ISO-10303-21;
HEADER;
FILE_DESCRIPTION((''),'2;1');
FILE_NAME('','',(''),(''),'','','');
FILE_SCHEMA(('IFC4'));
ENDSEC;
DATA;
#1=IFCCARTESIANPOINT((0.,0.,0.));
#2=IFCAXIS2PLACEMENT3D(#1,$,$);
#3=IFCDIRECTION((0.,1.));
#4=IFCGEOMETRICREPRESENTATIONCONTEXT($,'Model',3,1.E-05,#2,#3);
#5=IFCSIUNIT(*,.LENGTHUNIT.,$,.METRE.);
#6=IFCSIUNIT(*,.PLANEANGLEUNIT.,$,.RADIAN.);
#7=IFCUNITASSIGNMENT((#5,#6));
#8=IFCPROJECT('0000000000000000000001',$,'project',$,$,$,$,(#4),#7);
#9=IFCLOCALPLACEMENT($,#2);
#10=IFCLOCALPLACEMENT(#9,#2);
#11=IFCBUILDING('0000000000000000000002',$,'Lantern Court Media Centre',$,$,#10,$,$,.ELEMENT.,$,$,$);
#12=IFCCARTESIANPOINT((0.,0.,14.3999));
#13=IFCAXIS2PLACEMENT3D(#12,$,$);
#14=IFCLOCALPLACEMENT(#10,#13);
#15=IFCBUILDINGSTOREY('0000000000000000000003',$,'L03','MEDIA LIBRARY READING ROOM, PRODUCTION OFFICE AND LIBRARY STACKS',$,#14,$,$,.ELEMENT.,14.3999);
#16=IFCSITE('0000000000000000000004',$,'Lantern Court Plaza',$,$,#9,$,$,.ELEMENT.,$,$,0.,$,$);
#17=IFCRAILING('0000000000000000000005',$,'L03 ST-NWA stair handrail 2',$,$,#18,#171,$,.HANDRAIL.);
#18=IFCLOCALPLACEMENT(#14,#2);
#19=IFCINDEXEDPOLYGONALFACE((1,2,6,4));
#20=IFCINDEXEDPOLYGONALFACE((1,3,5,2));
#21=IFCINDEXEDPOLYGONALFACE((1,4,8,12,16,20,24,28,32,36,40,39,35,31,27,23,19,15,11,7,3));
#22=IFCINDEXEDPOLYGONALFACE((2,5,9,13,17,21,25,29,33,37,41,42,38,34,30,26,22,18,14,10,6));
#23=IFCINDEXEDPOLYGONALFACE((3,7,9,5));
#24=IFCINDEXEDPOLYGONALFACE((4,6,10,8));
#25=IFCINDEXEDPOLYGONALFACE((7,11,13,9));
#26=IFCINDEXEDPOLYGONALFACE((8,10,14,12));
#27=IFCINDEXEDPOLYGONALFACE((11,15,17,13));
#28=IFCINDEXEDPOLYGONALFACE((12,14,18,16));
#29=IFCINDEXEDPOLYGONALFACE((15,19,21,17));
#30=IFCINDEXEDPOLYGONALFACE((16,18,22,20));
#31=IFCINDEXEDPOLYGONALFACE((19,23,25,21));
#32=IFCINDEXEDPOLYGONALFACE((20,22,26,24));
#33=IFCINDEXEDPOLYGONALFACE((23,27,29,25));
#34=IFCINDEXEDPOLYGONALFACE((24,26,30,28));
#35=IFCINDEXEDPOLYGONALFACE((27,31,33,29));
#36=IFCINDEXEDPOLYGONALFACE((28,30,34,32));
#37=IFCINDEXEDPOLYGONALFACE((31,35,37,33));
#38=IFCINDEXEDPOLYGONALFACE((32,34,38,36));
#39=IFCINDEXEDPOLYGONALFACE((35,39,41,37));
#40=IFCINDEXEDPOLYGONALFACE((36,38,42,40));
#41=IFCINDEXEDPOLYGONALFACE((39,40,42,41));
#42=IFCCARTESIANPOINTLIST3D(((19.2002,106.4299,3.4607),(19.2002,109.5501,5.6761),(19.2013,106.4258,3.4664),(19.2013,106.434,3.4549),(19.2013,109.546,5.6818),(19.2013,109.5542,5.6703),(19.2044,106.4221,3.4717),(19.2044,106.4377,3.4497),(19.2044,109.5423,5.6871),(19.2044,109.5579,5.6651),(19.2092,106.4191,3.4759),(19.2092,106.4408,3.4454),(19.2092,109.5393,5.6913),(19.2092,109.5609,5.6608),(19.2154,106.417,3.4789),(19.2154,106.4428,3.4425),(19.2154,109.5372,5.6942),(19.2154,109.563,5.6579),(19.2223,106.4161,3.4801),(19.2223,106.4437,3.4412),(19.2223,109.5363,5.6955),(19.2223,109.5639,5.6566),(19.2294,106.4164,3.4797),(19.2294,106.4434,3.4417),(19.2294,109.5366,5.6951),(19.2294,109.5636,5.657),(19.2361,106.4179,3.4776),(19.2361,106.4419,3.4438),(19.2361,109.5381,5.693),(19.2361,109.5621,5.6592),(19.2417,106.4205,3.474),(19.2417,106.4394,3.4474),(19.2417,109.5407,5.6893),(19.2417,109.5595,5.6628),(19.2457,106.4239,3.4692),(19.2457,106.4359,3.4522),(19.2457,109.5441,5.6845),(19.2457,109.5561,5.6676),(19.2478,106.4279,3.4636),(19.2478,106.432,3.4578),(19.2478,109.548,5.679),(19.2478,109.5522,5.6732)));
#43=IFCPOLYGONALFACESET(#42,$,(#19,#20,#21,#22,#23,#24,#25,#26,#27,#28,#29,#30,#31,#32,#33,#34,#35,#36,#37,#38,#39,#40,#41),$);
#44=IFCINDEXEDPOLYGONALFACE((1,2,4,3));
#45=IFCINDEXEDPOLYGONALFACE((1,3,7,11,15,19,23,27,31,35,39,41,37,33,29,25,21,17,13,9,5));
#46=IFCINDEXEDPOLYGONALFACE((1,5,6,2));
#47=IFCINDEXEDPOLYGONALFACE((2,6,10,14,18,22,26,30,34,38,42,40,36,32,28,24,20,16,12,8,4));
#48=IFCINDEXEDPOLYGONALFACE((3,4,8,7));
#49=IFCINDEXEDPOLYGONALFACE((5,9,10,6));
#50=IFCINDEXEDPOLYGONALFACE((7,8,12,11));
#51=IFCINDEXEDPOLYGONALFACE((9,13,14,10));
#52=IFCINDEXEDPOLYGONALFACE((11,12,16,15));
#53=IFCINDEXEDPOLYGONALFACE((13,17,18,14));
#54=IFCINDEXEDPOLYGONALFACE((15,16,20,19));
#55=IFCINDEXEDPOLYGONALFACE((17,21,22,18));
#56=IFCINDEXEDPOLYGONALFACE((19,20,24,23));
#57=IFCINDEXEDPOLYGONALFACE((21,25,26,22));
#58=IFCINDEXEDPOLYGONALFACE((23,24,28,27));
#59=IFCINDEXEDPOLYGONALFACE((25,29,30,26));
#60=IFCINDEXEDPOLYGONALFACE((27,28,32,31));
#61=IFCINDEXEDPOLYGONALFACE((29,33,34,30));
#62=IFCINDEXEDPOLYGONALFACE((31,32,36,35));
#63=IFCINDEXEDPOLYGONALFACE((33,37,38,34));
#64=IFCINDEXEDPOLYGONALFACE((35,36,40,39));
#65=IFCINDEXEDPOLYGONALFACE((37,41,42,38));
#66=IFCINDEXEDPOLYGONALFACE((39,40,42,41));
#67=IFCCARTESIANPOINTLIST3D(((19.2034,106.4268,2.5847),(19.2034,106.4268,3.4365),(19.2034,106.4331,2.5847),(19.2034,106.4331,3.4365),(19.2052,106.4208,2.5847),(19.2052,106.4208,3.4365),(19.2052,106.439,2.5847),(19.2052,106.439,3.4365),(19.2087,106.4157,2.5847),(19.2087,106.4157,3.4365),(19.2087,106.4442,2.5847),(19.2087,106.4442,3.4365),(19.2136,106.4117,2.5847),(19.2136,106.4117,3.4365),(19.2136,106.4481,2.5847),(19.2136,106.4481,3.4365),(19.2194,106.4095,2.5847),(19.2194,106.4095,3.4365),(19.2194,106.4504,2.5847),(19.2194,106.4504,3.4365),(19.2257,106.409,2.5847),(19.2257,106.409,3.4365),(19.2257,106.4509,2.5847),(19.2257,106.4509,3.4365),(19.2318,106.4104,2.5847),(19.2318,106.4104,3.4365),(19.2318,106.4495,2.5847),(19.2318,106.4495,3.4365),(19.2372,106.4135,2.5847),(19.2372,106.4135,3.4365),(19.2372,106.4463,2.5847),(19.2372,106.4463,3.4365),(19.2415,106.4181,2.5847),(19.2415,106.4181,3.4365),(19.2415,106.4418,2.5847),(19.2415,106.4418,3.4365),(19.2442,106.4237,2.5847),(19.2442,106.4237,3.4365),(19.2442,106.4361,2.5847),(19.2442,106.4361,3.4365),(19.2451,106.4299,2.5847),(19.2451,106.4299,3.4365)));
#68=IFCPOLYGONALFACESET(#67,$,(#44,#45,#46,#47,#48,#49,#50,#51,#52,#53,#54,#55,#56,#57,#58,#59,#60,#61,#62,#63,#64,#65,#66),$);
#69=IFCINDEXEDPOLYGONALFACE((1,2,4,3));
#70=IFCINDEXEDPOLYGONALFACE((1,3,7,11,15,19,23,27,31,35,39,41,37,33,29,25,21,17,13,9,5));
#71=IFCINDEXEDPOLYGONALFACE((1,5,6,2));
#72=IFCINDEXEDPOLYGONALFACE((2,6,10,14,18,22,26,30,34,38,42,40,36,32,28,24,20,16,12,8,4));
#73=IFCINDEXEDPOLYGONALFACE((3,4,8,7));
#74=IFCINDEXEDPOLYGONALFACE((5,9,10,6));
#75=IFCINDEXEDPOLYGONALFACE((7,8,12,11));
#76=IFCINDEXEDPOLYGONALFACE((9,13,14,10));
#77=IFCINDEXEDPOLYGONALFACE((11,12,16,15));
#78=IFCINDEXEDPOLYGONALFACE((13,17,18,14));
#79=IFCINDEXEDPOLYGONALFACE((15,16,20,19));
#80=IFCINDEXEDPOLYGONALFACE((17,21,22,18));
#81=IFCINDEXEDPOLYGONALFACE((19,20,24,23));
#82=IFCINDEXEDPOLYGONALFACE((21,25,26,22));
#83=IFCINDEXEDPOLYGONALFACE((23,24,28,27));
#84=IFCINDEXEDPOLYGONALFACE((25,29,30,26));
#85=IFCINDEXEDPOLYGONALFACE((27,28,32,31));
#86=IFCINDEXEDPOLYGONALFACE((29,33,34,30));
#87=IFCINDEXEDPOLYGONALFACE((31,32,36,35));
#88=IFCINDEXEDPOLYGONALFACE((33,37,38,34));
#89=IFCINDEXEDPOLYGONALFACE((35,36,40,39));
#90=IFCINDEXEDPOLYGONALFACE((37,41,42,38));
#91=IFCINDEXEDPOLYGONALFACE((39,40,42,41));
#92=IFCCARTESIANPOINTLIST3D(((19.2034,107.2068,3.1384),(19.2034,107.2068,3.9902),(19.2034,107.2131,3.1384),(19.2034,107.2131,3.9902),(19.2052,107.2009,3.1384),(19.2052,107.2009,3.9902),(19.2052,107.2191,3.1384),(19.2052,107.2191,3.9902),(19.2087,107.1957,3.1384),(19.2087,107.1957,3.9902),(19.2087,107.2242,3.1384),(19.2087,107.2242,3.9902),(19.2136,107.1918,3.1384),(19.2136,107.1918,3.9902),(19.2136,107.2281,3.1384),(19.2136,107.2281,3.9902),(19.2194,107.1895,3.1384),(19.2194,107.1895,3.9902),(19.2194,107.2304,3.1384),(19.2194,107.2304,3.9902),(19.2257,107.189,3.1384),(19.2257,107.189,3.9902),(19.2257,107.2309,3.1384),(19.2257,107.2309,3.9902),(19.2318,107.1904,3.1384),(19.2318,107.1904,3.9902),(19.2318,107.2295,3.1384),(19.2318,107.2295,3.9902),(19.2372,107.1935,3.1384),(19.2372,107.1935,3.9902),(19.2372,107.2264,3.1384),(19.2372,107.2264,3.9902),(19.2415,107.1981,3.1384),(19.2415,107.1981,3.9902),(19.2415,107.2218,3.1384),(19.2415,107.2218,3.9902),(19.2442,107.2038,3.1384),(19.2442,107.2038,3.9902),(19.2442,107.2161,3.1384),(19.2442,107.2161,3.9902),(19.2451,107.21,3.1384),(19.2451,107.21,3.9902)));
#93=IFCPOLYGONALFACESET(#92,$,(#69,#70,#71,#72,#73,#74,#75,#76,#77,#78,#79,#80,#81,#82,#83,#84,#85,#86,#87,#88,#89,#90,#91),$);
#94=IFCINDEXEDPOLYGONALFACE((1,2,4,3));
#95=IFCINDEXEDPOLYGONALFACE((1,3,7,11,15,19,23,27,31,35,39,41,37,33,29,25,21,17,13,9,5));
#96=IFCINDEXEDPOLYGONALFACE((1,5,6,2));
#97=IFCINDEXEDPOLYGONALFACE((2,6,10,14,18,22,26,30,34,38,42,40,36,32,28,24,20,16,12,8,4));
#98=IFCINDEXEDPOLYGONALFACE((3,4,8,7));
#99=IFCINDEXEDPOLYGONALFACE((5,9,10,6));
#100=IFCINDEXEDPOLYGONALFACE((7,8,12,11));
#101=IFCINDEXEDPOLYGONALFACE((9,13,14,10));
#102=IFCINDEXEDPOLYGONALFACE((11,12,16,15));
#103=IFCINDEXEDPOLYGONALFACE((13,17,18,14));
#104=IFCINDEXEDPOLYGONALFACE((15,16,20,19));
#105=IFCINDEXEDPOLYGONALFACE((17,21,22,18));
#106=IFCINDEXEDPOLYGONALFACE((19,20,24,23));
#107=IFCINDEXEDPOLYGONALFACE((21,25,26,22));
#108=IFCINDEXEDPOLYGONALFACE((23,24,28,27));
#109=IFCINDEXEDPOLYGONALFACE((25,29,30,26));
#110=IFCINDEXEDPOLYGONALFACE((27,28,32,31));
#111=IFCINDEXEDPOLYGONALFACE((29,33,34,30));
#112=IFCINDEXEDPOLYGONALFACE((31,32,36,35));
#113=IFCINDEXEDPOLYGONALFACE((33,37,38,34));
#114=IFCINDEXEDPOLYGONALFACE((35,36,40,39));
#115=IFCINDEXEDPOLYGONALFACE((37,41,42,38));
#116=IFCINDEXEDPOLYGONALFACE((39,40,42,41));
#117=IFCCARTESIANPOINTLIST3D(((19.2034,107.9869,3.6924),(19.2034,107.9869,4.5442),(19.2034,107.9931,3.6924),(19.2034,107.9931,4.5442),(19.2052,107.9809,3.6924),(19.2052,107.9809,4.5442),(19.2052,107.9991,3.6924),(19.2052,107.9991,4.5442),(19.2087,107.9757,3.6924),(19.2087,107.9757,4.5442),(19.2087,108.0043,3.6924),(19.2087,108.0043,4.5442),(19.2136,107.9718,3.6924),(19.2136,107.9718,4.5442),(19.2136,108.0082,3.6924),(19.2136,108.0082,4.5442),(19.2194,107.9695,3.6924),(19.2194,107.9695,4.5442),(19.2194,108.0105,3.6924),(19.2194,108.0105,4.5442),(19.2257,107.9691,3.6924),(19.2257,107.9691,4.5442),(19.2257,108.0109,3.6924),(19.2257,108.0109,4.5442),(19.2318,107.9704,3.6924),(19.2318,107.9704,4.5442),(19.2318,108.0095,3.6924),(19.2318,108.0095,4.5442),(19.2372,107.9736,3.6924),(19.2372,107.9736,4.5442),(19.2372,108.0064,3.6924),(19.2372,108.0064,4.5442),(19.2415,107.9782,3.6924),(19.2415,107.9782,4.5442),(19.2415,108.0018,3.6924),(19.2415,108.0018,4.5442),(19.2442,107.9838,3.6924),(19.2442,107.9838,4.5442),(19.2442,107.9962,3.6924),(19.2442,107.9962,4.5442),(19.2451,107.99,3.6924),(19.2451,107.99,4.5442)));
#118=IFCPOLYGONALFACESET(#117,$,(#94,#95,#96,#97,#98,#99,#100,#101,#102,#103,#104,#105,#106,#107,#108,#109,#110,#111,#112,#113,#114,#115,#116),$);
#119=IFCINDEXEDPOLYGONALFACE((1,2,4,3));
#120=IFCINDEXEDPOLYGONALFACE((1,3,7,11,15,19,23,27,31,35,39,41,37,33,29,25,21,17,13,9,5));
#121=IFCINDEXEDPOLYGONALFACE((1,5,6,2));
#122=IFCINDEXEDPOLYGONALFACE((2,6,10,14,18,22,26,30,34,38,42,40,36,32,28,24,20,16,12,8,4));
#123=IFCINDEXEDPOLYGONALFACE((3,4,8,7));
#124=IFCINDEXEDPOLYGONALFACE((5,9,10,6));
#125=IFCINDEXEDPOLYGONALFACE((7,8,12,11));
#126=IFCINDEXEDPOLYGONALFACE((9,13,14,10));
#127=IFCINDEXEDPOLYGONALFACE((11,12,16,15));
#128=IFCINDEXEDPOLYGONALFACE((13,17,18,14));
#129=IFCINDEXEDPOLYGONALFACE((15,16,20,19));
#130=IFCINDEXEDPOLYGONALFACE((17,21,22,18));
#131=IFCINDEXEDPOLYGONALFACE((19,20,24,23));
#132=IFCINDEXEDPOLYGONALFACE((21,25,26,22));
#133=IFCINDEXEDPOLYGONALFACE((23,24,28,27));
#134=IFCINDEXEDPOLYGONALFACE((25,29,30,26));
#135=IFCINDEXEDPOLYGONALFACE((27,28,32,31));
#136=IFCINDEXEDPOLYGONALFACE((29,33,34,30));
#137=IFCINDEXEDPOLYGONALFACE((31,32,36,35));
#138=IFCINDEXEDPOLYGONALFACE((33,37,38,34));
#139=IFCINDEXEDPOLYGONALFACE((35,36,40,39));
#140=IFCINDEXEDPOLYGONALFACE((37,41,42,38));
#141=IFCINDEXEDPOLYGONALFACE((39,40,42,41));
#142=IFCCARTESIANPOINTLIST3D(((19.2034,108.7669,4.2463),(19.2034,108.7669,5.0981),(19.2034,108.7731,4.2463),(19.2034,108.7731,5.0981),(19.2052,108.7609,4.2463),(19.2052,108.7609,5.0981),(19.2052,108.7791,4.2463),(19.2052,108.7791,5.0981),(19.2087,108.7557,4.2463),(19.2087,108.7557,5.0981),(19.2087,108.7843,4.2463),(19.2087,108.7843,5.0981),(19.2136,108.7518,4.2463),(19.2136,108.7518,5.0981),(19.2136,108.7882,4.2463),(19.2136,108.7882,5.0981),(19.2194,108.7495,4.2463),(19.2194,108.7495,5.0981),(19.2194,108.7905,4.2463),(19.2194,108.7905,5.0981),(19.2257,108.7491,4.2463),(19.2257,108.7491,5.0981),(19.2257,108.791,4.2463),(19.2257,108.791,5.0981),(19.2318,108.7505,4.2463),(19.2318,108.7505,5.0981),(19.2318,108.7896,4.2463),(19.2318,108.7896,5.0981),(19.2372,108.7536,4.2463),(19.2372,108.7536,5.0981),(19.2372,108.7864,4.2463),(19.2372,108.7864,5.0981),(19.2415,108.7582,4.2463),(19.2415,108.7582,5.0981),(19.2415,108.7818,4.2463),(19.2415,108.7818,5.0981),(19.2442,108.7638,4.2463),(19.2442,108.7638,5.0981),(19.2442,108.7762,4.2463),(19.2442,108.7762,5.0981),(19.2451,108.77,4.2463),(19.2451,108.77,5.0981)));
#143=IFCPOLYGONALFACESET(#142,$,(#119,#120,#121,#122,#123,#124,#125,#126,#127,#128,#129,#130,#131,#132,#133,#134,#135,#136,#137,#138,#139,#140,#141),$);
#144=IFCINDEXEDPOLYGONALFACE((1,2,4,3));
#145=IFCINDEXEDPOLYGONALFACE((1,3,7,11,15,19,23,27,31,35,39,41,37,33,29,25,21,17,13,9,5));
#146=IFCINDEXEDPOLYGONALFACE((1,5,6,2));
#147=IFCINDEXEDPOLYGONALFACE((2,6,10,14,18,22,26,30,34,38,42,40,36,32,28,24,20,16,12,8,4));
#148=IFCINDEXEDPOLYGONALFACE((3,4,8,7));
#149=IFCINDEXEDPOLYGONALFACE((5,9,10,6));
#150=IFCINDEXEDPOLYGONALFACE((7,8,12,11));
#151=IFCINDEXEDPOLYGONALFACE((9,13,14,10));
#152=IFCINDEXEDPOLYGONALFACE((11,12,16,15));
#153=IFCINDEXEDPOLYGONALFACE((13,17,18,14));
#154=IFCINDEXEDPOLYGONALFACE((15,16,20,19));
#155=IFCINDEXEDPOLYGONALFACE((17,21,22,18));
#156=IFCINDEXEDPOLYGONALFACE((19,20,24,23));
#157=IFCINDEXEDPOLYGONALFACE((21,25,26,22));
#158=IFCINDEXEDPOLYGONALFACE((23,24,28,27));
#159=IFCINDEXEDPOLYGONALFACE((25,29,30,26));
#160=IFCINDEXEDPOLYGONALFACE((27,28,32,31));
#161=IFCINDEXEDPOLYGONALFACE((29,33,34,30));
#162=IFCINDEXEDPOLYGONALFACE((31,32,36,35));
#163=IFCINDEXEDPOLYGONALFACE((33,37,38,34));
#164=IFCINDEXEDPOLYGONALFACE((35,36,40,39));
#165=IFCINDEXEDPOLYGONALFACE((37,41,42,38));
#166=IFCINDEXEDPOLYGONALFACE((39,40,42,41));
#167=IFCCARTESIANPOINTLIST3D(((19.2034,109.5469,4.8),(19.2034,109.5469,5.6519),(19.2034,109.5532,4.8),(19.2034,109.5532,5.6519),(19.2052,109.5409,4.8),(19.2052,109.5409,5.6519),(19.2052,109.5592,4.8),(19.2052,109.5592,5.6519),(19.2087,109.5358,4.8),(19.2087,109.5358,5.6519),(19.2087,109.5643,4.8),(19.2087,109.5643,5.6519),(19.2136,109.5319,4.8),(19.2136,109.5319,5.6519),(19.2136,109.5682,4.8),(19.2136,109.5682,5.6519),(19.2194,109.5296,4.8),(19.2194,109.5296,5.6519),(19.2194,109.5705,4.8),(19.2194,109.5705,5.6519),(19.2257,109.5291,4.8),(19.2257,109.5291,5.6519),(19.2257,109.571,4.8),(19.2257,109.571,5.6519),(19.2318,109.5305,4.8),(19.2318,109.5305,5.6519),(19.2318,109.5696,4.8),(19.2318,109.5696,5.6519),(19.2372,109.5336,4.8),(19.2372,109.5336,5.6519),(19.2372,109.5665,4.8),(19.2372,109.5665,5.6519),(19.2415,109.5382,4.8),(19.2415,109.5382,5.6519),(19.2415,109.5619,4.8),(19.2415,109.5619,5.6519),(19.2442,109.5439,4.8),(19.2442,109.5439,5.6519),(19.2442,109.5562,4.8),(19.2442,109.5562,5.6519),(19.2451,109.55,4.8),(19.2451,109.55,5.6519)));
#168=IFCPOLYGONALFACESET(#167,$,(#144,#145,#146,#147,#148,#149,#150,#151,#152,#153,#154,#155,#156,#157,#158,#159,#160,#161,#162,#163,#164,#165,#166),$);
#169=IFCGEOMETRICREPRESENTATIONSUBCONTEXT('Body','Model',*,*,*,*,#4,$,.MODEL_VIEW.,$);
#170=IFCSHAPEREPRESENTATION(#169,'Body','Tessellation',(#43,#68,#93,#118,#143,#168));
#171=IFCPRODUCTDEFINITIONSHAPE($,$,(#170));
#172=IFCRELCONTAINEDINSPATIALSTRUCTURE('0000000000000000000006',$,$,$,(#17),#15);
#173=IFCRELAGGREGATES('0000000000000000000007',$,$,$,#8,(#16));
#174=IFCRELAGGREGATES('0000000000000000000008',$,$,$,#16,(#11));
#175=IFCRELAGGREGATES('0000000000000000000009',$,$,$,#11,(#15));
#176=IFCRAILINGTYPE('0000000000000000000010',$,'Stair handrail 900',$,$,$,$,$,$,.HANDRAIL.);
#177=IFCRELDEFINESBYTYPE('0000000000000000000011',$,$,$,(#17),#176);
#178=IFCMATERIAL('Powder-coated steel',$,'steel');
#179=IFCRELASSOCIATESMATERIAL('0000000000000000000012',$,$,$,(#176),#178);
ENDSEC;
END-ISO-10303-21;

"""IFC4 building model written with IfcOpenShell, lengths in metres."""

from ifc_helpers import new_model, si_unit, direction, frame, origin, origin_2d, place, context, subcontext, project, spatial, circle, extrude, material, type_object, element, save


model = new_model("IFC4")

# Units and contexts
model_context = context("Model", 3, precision=1e-05, world=origin(), true_north=direction((0.0, 1.0)))
body_context = subcontext(model_context, "Body", "Model", "MODEL_VIEW")
ifc_project = project(units=[si_unit("LENGTHUNIT", "METRE"), si_unit("PLANEANGLEUNIT", "RADIAN")], contexts=[model_context])

# Site, building, storey
site_placement = place(None, origin())
site = spatial("IfcSite", under=ifc_project, at=site_placement, Name="Lantern Court Plaza", CompositionType="ELEMENT", RefElevation=0.0)
building_placement = place(site_placement, origin())
building = spatial("IfcBuilding", under=site, at=building_placement, Name="Lantern Court Media Centre", CompositionType="ELEMENT")
storey_placement = place(building_placement, frame((0.0, 0.0, 14.3999)))
storey = spatial("IfcBuildingStorey", under=building, at=storey_placement, Name="L03", Description="MEDIA LIBRARY READING ROOM, PRODUCTION OFFICE AND LIBRARY STACKS", CompositionType="ELEMENT", Elevation=14.3999)

# Railing
ifc_material_1 = material(Name="Powder-coated steel", Category="steel")
railing_type_1 = type_object("IfcRailingType", Name="Stair handrail 900", PredefinedType="HANDRAIL", material=ifc_material_1)
railing_1_placement = place(storey_placement, frame((19.2241, 106.4299, 2.5847)))
element("IfcRailing", 1, at=railing_1_placement, inside=storey, type_object=railing_type_1, Name="L03 ST-NWA stair handrail 2", PredefinedType="HANDRAIL", context=body_context, shape_type="SweptSolid", body=[
    extrude(circle(Radius=0.0239, at=origin_2d()), frame((0.0, 0.0, 0.876), z_axis=(0.0, 0.815377, 0.57893), x_axis=(-1.0, 0.0, 0.0)), (0.0, 0.0, 1.0), 3.8267),
    extrude(circle(Radius=0.021, at=origin_2d()), origin(), (0.0, 0.0, 1.0), 0.8518),
    extrude(circle(Radius=0.021, at=origin_2d()), frame((0.0, 0.78, 0.5537)), (0.0, 0.0, 1.0), 0.8518),
    extrude(circle(Radius=0.021, at=origin_2d()), frame((0.0, 1.5601, 1.1077)), (0.0, 0.0, 1.0), 0.8518),
    extrude(circle(Radius=0.021, at=origin_2d()), frame((0.0, 2.3401, 1.6616)), (0.0, 0.0, 1.0), 0.8518),
    extrude(circle(Radius=0.021, at=origin_2d()), frame((0.0, 3.1201, 2.2153)), (0.0, 0.0, 1.0), 0.8518),
])

save(model, "model.ifc")
